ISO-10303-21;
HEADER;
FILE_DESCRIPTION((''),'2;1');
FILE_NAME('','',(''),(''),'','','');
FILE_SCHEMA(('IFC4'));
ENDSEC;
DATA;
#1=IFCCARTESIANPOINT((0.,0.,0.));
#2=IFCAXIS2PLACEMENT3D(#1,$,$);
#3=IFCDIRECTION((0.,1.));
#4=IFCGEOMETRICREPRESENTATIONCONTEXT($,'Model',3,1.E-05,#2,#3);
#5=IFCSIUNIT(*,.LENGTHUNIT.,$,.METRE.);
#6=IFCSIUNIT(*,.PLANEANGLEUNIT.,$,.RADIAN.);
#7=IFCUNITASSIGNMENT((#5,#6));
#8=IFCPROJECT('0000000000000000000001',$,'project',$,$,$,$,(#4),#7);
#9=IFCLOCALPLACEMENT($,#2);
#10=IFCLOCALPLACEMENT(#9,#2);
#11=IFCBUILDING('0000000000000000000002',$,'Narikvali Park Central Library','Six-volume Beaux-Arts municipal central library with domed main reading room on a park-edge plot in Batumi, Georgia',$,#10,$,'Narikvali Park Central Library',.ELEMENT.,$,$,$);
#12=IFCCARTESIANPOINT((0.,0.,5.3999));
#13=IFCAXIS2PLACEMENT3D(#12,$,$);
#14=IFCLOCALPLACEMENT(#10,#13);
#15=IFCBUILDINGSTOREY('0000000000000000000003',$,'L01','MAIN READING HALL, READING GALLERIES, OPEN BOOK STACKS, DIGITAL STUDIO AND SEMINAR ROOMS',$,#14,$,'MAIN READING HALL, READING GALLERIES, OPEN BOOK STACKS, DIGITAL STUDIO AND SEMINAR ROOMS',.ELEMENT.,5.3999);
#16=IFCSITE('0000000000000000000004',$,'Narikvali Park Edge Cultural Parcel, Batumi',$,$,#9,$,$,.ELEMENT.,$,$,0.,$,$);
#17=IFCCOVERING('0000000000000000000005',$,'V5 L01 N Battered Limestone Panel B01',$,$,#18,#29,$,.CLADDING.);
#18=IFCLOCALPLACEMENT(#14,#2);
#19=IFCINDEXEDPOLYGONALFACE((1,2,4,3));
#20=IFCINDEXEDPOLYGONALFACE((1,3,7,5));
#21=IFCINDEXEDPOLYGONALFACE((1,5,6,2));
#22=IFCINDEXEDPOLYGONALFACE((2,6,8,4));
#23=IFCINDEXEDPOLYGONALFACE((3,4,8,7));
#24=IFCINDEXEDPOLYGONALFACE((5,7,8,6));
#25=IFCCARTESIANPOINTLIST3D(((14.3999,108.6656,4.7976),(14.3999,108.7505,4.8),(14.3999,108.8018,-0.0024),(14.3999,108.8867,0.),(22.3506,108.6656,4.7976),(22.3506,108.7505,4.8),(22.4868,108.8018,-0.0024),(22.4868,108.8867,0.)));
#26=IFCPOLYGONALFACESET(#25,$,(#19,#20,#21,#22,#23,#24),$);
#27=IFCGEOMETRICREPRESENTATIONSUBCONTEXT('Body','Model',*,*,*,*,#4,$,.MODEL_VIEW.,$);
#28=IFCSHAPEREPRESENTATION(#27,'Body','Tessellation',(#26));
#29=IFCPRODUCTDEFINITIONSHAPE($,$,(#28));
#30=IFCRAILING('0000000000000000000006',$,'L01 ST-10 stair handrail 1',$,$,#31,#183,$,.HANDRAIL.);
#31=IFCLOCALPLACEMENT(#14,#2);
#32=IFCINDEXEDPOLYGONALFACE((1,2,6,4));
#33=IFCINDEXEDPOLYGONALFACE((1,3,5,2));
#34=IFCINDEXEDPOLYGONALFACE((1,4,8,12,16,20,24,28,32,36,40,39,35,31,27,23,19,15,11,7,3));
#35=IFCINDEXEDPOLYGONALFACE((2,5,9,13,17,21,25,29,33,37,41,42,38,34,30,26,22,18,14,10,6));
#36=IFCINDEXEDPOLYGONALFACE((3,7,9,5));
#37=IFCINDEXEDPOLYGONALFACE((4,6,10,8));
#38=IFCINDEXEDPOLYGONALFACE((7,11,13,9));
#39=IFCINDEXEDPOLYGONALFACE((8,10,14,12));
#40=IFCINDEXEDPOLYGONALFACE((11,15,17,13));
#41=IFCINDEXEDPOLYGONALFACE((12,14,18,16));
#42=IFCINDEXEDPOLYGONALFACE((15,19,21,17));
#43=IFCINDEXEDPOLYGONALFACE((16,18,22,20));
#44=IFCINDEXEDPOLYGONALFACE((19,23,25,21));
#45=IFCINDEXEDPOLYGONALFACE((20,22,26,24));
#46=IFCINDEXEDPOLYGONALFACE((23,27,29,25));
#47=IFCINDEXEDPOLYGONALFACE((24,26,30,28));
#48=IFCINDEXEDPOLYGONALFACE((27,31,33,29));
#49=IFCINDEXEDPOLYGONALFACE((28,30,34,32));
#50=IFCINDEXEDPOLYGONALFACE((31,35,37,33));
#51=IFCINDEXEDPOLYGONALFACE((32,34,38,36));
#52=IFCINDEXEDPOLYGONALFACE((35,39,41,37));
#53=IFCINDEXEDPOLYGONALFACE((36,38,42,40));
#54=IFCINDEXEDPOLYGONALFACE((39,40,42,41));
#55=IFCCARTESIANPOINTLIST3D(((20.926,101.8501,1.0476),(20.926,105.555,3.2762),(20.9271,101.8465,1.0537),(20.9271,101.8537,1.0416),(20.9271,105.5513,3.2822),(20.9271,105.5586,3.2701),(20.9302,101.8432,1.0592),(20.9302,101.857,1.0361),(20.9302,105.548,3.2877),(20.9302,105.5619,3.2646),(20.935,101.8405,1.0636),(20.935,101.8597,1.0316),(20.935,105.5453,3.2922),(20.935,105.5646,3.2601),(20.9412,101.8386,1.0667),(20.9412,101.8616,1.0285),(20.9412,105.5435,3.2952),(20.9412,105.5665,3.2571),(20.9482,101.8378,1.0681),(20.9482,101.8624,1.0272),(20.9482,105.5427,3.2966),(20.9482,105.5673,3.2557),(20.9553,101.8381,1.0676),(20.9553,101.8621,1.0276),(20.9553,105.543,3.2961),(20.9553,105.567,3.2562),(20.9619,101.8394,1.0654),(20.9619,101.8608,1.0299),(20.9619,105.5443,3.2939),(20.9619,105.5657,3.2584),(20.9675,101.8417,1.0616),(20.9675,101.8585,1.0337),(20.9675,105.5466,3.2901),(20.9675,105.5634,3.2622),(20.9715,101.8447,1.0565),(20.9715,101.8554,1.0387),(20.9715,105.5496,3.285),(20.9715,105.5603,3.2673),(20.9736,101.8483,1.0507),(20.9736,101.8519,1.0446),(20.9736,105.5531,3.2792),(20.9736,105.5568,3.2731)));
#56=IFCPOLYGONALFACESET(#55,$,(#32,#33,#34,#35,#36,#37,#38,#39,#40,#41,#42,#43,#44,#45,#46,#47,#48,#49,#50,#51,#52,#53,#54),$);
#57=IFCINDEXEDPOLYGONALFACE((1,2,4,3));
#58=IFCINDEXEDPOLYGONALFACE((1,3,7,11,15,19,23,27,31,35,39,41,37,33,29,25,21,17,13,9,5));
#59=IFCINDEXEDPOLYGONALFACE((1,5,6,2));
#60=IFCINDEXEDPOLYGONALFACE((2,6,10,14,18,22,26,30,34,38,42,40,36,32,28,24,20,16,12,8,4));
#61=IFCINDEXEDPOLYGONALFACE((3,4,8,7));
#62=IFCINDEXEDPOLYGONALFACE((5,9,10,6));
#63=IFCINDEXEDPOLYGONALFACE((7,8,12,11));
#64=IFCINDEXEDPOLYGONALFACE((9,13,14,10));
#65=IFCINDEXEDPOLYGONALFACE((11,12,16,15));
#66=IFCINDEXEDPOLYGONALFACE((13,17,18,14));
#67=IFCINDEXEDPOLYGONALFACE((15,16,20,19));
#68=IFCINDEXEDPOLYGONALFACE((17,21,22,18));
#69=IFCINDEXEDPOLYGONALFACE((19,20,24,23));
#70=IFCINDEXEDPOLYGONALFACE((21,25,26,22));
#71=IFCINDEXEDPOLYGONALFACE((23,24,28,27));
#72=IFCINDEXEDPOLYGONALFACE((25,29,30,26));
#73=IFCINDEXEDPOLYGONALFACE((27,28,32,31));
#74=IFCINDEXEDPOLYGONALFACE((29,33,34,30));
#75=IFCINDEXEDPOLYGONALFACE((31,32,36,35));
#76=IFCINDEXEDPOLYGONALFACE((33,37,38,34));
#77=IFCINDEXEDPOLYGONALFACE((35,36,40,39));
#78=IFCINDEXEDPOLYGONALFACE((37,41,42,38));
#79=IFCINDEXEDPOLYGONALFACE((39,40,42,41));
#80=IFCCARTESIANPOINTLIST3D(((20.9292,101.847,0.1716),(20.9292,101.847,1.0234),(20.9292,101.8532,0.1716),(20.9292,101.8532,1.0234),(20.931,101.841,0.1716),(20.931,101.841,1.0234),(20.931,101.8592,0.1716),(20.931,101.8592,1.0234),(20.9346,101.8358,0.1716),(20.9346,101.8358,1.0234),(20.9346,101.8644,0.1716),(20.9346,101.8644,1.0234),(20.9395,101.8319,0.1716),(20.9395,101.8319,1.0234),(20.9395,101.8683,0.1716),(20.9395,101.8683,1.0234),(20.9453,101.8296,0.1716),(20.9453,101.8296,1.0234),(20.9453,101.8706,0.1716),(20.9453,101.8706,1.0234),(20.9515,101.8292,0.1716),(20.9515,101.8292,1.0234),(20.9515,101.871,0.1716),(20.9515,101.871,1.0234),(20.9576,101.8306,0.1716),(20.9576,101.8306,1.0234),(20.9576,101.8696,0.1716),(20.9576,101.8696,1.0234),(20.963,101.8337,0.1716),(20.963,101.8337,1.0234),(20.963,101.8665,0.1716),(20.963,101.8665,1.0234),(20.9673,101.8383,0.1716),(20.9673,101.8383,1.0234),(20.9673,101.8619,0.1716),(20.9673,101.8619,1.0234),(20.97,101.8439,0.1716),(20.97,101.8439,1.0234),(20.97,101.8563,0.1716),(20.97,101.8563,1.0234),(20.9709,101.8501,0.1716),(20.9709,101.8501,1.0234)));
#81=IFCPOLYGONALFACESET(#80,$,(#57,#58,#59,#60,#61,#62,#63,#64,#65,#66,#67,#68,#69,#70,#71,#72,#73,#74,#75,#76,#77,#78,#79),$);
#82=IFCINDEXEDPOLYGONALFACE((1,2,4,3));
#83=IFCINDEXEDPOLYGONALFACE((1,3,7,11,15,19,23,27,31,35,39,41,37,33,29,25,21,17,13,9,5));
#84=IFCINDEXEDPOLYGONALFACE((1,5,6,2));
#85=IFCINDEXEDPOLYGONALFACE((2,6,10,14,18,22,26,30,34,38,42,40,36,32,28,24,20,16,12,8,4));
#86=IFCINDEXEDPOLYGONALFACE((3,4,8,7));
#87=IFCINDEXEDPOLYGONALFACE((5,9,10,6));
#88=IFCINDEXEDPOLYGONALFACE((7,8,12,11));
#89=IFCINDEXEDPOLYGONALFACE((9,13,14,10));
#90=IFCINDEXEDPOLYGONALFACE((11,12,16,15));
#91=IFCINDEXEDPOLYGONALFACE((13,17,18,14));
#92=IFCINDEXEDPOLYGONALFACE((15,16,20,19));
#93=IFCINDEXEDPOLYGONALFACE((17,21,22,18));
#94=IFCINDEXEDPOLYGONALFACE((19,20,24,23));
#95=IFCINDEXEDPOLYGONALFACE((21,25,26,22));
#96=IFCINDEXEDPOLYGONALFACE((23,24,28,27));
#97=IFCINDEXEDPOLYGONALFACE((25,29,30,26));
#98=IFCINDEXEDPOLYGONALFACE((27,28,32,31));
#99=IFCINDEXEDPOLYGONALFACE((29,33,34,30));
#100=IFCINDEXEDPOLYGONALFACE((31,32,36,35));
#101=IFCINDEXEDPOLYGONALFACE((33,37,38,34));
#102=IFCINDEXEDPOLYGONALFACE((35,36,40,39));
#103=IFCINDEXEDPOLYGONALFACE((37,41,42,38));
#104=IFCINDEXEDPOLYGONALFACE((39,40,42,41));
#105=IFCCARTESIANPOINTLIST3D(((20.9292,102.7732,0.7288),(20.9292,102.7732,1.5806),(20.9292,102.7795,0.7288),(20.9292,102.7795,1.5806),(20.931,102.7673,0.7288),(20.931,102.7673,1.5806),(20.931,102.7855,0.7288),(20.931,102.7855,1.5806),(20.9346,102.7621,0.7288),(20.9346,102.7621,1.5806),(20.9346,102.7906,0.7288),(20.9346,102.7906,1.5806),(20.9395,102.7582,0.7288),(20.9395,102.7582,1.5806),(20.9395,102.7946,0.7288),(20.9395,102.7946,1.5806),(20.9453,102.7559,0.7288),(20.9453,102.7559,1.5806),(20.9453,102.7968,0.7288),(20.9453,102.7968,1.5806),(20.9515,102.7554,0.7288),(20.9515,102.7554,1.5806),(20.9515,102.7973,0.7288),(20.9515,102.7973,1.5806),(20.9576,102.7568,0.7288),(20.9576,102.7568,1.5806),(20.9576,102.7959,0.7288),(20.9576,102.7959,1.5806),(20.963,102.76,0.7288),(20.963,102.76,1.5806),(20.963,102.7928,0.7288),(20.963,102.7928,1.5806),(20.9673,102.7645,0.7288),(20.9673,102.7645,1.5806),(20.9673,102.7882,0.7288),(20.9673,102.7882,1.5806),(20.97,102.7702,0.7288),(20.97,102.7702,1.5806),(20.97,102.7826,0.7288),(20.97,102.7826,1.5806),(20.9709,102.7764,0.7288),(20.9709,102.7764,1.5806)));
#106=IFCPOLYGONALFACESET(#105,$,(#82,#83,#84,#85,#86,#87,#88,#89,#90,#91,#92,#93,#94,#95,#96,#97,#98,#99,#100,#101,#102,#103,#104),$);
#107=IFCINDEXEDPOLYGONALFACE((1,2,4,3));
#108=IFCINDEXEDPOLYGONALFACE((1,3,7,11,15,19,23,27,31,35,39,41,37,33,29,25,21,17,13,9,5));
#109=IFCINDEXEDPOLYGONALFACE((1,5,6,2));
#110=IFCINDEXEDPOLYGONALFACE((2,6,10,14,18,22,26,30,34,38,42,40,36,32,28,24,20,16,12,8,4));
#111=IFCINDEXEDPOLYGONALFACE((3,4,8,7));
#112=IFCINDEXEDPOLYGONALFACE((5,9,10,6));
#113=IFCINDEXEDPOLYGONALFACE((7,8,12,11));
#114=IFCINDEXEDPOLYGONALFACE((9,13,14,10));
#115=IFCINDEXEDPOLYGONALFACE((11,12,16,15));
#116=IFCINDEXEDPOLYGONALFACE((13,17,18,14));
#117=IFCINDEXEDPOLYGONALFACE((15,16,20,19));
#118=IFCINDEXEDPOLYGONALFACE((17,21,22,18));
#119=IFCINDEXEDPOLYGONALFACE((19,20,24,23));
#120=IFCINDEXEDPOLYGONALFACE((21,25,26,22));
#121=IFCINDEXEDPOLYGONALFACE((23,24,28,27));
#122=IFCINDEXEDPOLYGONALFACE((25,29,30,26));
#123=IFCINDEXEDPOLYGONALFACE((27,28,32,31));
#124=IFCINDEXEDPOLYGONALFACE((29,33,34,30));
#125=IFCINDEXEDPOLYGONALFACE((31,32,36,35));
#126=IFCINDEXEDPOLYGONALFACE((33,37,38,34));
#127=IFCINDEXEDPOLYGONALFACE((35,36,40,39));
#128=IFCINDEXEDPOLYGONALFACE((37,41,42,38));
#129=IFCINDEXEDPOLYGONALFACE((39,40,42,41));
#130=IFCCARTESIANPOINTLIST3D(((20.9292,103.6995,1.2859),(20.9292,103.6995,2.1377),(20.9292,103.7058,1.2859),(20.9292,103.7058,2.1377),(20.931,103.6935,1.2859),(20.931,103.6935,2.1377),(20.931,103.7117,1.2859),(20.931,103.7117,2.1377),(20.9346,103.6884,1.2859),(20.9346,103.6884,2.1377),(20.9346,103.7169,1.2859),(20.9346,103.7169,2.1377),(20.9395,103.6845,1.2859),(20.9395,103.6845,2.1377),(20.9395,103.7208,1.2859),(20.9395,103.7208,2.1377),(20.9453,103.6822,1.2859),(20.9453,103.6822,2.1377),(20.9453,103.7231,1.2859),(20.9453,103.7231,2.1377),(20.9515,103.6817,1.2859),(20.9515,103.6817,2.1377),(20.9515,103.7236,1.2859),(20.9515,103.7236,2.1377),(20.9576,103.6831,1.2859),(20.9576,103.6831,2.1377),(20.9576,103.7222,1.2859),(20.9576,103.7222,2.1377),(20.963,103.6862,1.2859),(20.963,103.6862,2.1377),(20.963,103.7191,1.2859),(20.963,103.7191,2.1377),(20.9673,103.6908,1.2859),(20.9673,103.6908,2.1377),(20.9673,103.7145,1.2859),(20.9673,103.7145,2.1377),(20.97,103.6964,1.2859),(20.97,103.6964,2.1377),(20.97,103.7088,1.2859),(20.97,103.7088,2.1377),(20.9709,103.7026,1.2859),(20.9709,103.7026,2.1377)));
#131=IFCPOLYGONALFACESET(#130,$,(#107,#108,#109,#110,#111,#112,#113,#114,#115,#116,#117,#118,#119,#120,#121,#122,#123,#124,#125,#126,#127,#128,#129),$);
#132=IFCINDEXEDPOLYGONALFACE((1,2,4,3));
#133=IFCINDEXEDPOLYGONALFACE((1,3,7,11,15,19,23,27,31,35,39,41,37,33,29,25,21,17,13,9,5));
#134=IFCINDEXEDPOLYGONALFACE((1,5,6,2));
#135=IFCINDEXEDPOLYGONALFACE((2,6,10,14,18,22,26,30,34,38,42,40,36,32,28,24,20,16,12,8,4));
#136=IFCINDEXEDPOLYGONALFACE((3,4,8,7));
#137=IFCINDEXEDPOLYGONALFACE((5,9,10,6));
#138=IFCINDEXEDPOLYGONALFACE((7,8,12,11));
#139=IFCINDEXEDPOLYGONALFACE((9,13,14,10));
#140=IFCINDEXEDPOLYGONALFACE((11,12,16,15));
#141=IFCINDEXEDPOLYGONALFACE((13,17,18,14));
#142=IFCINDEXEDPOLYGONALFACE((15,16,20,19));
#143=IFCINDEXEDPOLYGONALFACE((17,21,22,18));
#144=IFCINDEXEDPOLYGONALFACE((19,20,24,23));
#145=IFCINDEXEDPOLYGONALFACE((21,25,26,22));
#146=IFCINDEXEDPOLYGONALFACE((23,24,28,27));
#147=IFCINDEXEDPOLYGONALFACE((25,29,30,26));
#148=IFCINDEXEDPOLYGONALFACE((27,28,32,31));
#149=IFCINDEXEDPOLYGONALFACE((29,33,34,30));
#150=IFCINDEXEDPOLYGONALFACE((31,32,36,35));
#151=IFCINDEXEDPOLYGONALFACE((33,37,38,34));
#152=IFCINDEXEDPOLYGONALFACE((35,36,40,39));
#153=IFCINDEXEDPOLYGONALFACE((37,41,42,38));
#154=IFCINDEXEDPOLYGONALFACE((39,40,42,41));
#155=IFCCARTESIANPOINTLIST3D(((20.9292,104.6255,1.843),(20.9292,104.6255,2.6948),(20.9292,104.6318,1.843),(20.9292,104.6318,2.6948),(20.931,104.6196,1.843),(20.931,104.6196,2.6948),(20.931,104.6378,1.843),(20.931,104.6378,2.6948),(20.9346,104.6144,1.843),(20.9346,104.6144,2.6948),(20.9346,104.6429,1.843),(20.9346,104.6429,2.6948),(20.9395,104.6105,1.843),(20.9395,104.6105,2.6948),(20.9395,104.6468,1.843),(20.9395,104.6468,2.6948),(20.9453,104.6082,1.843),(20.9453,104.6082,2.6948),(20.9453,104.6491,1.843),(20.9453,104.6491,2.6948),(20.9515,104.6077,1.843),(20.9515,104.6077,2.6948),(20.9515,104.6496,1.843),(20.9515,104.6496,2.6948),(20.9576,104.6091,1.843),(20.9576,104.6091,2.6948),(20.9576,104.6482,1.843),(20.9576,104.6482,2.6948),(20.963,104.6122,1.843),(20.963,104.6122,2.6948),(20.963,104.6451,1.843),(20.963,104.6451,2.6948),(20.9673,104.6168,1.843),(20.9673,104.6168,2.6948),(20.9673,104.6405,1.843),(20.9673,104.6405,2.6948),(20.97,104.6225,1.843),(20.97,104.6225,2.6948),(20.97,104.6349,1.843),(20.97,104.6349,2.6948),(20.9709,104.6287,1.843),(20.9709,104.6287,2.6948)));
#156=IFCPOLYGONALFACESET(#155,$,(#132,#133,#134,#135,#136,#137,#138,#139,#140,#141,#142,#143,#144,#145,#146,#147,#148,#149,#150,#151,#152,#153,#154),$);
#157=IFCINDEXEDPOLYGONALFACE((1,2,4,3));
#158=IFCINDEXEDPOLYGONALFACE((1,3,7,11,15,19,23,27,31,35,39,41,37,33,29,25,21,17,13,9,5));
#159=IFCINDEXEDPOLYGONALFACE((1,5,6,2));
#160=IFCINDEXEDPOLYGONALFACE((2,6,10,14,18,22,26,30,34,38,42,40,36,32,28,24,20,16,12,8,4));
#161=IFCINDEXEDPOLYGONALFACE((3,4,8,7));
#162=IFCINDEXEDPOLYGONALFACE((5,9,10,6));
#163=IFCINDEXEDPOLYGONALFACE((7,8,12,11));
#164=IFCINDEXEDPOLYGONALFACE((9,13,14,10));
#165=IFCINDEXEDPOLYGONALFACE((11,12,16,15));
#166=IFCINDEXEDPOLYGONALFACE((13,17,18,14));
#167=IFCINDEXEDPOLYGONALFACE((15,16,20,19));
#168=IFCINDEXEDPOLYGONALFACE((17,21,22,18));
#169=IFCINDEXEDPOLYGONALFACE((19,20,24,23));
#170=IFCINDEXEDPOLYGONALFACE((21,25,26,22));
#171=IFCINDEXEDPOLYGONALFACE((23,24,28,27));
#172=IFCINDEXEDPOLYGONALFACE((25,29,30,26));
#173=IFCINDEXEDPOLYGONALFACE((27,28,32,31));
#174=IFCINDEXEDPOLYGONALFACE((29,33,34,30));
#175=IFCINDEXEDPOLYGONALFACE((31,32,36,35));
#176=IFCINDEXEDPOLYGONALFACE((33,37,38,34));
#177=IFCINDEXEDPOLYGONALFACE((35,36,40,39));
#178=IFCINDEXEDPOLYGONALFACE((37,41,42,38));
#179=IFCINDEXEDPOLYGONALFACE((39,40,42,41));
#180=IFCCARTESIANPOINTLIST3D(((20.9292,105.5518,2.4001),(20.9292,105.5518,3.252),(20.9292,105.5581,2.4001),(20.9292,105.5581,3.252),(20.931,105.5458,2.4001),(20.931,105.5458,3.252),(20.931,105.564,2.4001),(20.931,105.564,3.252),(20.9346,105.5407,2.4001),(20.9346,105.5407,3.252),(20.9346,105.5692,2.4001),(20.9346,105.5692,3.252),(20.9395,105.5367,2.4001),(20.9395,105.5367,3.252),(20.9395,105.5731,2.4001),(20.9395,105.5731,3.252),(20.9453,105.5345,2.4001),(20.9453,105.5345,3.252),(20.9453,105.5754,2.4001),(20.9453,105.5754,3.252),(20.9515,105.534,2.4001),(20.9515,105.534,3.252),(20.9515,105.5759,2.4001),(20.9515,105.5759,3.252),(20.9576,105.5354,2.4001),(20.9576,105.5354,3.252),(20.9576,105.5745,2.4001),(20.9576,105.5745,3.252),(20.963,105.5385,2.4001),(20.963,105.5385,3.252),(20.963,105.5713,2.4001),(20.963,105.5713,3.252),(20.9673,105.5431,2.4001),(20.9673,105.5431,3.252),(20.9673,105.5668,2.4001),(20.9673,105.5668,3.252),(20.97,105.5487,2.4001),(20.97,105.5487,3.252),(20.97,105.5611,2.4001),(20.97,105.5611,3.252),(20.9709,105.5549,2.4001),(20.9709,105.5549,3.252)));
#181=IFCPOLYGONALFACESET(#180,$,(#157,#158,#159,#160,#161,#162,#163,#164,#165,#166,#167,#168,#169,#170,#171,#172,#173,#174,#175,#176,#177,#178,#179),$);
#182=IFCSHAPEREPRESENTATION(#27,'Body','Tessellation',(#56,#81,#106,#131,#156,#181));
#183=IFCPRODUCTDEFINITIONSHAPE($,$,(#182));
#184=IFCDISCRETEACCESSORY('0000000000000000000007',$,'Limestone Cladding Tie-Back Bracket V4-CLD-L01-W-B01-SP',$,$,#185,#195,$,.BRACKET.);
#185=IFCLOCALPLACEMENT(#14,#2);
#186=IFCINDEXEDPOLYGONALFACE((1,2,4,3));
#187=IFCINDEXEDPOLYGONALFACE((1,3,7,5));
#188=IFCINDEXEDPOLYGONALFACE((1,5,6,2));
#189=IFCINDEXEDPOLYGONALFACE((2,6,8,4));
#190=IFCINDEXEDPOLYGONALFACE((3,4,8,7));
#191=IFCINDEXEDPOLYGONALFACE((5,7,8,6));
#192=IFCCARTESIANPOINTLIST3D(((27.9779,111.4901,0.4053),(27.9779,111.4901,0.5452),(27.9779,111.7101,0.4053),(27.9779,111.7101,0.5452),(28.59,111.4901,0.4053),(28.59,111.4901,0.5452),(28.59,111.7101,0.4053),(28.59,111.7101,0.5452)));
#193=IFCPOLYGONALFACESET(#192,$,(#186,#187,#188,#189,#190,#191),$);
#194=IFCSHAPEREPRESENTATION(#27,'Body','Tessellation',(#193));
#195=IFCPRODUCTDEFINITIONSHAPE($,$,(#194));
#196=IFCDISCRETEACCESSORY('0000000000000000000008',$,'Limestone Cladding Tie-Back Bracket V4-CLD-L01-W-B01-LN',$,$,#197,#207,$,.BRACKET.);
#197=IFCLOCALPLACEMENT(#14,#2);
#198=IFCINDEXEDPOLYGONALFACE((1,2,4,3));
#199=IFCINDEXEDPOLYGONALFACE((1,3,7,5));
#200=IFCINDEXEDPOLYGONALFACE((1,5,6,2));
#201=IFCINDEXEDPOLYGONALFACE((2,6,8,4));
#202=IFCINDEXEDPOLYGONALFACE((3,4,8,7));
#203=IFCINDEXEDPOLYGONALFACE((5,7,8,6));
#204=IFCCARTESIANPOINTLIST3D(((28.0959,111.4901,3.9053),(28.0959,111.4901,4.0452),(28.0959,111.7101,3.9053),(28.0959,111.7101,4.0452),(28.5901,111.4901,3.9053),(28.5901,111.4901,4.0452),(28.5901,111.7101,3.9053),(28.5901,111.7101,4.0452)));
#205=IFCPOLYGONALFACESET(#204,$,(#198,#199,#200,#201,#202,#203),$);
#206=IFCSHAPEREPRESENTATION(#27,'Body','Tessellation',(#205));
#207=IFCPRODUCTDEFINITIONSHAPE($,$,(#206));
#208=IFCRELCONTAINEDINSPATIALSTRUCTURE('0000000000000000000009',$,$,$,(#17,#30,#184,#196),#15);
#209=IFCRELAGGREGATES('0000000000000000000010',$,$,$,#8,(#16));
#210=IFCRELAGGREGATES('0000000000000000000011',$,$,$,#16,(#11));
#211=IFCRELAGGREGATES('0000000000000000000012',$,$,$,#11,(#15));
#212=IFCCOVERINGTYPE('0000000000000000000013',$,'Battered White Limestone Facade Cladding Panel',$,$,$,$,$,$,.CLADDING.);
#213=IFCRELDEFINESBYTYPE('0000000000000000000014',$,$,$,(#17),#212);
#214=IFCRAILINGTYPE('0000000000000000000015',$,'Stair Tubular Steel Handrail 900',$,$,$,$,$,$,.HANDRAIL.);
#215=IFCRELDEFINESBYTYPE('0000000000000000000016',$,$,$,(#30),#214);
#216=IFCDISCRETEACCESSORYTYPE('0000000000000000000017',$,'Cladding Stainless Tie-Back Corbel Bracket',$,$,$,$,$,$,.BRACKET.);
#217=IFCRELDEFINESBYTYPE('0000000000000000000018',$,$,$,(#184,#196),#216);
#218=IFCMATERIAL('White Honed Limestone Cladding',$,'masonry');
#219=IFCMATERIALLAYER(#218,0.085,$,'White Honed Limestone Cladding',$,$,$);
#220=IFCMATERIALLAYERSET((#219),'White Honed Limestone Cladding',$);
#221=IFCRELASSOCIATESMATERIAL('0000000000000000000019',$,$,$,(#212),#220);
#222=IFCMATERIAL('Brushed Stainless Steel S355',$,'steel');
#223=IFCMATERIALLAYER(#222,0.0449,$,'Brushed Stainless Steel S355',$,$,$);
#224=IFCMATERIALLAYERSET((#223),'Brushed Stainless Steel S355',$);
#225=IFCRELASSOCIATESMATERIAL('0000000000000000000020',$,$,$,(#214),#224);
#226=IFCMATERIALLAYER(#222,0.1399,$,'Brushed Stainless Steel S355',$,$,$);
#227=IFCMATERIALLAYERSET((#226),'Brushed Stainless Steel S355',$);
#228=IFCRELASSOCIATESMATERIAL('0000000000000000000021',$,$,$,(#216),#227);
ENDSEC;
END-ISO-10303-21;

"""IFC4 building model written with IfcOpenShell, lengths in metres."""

from ifc_helpers import new_model, si_unit, direction, frame, origin, origin_2d, place, context, subcontext, project, spatial, polyline, rectangle, circle, outline, extrude, material, layer, layer_set, type_object, element, save


model = new_model("IFC4")

# Units and contexts
model_context = context("Model", 3, precision=1e-05, world=origin(), true_north=direction((0.0, 1.0)))
body_context = subcontext(model_context, "Body", "Model", "MODEL_VIEW")
ifc_project = project(units=[si_unit("LENGTHUNIT", "METRE"), si_unit("PLANEANGLEUNIT", "RADIAN")], contexts=[model_context])

# Site, building, storey
site_placement = place(None, origin())
site = spatial("IfcSite", under=ifc_project, at=site_placement, Name="Narikvali Park Edge Cultural Parcel, Batumi", CompositionType="ELEMENT", RefElevation=0.0)
building_placement = place(site_placement, origin())
building = spatial("IfcBuilding", under=site, at=building_placement, Name="Narikvali Park Central Library", Description="Six-volume Beaux-Arts municipal central library with domed main reading room on a park-edge plot in Batumi, Georgia", LongName="Narikvali Park Central Library", CompositionType="ELEMENT")
storey_placement = place(building_placement, frame((0.0, 0.0, 5.3999)))
storey = spatial("IfcBuildingStorey", under=building, at=storey_placement, Name="L01", Description="MAIN READING HALL, READING GALLERIES, OPEN BOOK STACKS, DIGITAL STUDIO AND SEMINAR ROOMS", LongName="MAIN READING HALL, READING GALLERIES, OPEN BOOK STACKS, DIGITAL STUDIO AND SEMINAR ROOMS", CompositionType="ELEMENT", Elevation=5.3999)

# Covering
ifc_material_1 = material(Name="White Honed Limestone Cladding", Category="masonry")
ifc_layer_1 = layer(ifc_material_1, 0.085, Name="White Honed Limestone Cladding")
ifc_layer_set_1 = layer_set([ifc_layer_1], Name="White Honed Limestone Cladding")
covering_type = type_object("IfcCoveringType", Name="Battered White Limestone Facade Cladding Panel", PredefinedType="CLADDING", material=ifc_layer_set_1)
covering_1_placement = place(storey_placement, frame((22.4868, 108.8867, 0.0), z_axis=(0.0, 0.999598, 0.02837), x_axis=(-1.0, 0.0, 0.0)))
element("IfcCovering", 1, at=covering_1_placement, inside=storey, type_object=covering_type, Name="V5 L01 N Battered Limestone Panel B01", PredefinedType="CLADDING", context=body_context, shape_type="SweptSolid", body=[
    extrude(outline(polyline([(0.0, 0.0), (8.0869, 0.0), (8.0869, 4.802), (0.1362, 4.802), (0.0, 0.0)])), origin(), (0.0, 0.0, -1.0), 0.085),
])

# Railing
ifc_material_2 = material(Name="Brushed Stainless Steel S355", Category="steel")
ifc_layer_2 = layer(ifc_material_2, 0.0449, Name="Brushed Stainless Steel S355")
ifc_layer_set_2 = layer_set([ifc_layer_2], Name="Brushed Stainless Steel S355")
railing_type = type_object("IfcRailingType", Name="Stair Tubular Steel Handrail 900", PredefinedType="HANDRAIL", material=ifc_layer_set_2)
railing_placement = place(storey_placement, frame((20.95, 101.8501, 0.1716)))
element("IfcRailing", 2, at=railing_placement, inside=storey, type_object=railing_type, Name="L01 ST-10 stair handrail 1", PredefinedType="HANDRAIL", context=body_context, shape_type="SweptSolid", body=[
    extrude(circle(Radius=0.0239, at=origin_2d()), frame((0.0, 0.0, 0.876), z_axis=(0.0, 0.856919, 0.51545), x_axis=(-1.0, 0.0, 0.0)), (0.0, 0.0, 1.0), 4.3235),
    extrude(circle(Radius=0.021, at=origin_2d()), origin(), (0.0, 0.0, 1.0), 0.8518),
    extrude(circle(Radius=0.021, at=origin_2d()), frame((0.0, 0.9263, 0.5571)), (0.0, 0.0, 1.0), 0.8518),
    extrude(circle(Radius=0.021, at=origin_2d()), frame((0.0, 1.8525, 1.1143)), (0.0, 0.0, 1.0), 0.8518),
    extrude(circle(Radius=0.021, at=origin_2d()), frame((0.0, 2.7786, 1.6714)), (0.0, 0.0, 1.0), 0.8518),
    extrude(circle(Radius=0.021, at=origin_2d()), frame((0.0, 3.7048, 2.2285)), (0.0, 0.0, 1.0), 0.8518),
])

# Discrete accessories
ifc_layer_3 = layer(ifc_material_2, 0.1399, Name="Brushed Stainless Steel S355")
ifc_layer_set_3 = layer_set([ifc_layer_3], Name="Brushed Stainless Steel S355")
discrete_accessory_type = type_object("IfcDiscreteAccessoryType", Name="Cladding Stainless Tie-Back Corbel Bracket", PredefinedType="BRACKET", material=ifc_layer_set_3)
discrete_accessory_1_placement = place(storey_placement, frame((28.2839, 111.6001, 0.4053), z_axis=(0.0, 0.0, 1.0), x_axis=(1.0, 0.0, 0.0)))
element("IfcDiscreteAccessory", 3, at=discrete_accessory_1_placement, inside=storey, type_object=discrete_accessory_type, Name="Limestone Cladding Tie-Back Bracket V4-CLD-L01-W-B01-SP", PredefinedType="BRACKET", context=body_context, shape_type="SweptSolid", body=[
    extrude(rectangle(XDim=0.6121, YDim=0.22, at=origin_2d()), origin(), (0.0, 0.0, 1.0), 0.1399),
])
discrete_accessory_2_placement = place(storey_placement, frame((28.343, 111.6001, 3.9053), z_axis=(0.0, 0.0, 1.0), x_axis=(1.0, 0.0, 0.0)))
element("IfcDiscreteAccessory", 4, at=discrete_accessory_2_placement, inside=storey, type_object=discrete_accessory_type, Name="Limestone Cladding Tie-Back Bracket V4-CLD-L01-W-B01-LN", PredefinedType="BRACKET", context=body_context, shape_type="SweptSolid", body=[
    extrude(rectangle(XDim=0.4941, YDim=0.22, at=origin_2d()), origin(), (0.0, 0.0, 1.0), 0.1399),
])

save(model, "model.ifc")
